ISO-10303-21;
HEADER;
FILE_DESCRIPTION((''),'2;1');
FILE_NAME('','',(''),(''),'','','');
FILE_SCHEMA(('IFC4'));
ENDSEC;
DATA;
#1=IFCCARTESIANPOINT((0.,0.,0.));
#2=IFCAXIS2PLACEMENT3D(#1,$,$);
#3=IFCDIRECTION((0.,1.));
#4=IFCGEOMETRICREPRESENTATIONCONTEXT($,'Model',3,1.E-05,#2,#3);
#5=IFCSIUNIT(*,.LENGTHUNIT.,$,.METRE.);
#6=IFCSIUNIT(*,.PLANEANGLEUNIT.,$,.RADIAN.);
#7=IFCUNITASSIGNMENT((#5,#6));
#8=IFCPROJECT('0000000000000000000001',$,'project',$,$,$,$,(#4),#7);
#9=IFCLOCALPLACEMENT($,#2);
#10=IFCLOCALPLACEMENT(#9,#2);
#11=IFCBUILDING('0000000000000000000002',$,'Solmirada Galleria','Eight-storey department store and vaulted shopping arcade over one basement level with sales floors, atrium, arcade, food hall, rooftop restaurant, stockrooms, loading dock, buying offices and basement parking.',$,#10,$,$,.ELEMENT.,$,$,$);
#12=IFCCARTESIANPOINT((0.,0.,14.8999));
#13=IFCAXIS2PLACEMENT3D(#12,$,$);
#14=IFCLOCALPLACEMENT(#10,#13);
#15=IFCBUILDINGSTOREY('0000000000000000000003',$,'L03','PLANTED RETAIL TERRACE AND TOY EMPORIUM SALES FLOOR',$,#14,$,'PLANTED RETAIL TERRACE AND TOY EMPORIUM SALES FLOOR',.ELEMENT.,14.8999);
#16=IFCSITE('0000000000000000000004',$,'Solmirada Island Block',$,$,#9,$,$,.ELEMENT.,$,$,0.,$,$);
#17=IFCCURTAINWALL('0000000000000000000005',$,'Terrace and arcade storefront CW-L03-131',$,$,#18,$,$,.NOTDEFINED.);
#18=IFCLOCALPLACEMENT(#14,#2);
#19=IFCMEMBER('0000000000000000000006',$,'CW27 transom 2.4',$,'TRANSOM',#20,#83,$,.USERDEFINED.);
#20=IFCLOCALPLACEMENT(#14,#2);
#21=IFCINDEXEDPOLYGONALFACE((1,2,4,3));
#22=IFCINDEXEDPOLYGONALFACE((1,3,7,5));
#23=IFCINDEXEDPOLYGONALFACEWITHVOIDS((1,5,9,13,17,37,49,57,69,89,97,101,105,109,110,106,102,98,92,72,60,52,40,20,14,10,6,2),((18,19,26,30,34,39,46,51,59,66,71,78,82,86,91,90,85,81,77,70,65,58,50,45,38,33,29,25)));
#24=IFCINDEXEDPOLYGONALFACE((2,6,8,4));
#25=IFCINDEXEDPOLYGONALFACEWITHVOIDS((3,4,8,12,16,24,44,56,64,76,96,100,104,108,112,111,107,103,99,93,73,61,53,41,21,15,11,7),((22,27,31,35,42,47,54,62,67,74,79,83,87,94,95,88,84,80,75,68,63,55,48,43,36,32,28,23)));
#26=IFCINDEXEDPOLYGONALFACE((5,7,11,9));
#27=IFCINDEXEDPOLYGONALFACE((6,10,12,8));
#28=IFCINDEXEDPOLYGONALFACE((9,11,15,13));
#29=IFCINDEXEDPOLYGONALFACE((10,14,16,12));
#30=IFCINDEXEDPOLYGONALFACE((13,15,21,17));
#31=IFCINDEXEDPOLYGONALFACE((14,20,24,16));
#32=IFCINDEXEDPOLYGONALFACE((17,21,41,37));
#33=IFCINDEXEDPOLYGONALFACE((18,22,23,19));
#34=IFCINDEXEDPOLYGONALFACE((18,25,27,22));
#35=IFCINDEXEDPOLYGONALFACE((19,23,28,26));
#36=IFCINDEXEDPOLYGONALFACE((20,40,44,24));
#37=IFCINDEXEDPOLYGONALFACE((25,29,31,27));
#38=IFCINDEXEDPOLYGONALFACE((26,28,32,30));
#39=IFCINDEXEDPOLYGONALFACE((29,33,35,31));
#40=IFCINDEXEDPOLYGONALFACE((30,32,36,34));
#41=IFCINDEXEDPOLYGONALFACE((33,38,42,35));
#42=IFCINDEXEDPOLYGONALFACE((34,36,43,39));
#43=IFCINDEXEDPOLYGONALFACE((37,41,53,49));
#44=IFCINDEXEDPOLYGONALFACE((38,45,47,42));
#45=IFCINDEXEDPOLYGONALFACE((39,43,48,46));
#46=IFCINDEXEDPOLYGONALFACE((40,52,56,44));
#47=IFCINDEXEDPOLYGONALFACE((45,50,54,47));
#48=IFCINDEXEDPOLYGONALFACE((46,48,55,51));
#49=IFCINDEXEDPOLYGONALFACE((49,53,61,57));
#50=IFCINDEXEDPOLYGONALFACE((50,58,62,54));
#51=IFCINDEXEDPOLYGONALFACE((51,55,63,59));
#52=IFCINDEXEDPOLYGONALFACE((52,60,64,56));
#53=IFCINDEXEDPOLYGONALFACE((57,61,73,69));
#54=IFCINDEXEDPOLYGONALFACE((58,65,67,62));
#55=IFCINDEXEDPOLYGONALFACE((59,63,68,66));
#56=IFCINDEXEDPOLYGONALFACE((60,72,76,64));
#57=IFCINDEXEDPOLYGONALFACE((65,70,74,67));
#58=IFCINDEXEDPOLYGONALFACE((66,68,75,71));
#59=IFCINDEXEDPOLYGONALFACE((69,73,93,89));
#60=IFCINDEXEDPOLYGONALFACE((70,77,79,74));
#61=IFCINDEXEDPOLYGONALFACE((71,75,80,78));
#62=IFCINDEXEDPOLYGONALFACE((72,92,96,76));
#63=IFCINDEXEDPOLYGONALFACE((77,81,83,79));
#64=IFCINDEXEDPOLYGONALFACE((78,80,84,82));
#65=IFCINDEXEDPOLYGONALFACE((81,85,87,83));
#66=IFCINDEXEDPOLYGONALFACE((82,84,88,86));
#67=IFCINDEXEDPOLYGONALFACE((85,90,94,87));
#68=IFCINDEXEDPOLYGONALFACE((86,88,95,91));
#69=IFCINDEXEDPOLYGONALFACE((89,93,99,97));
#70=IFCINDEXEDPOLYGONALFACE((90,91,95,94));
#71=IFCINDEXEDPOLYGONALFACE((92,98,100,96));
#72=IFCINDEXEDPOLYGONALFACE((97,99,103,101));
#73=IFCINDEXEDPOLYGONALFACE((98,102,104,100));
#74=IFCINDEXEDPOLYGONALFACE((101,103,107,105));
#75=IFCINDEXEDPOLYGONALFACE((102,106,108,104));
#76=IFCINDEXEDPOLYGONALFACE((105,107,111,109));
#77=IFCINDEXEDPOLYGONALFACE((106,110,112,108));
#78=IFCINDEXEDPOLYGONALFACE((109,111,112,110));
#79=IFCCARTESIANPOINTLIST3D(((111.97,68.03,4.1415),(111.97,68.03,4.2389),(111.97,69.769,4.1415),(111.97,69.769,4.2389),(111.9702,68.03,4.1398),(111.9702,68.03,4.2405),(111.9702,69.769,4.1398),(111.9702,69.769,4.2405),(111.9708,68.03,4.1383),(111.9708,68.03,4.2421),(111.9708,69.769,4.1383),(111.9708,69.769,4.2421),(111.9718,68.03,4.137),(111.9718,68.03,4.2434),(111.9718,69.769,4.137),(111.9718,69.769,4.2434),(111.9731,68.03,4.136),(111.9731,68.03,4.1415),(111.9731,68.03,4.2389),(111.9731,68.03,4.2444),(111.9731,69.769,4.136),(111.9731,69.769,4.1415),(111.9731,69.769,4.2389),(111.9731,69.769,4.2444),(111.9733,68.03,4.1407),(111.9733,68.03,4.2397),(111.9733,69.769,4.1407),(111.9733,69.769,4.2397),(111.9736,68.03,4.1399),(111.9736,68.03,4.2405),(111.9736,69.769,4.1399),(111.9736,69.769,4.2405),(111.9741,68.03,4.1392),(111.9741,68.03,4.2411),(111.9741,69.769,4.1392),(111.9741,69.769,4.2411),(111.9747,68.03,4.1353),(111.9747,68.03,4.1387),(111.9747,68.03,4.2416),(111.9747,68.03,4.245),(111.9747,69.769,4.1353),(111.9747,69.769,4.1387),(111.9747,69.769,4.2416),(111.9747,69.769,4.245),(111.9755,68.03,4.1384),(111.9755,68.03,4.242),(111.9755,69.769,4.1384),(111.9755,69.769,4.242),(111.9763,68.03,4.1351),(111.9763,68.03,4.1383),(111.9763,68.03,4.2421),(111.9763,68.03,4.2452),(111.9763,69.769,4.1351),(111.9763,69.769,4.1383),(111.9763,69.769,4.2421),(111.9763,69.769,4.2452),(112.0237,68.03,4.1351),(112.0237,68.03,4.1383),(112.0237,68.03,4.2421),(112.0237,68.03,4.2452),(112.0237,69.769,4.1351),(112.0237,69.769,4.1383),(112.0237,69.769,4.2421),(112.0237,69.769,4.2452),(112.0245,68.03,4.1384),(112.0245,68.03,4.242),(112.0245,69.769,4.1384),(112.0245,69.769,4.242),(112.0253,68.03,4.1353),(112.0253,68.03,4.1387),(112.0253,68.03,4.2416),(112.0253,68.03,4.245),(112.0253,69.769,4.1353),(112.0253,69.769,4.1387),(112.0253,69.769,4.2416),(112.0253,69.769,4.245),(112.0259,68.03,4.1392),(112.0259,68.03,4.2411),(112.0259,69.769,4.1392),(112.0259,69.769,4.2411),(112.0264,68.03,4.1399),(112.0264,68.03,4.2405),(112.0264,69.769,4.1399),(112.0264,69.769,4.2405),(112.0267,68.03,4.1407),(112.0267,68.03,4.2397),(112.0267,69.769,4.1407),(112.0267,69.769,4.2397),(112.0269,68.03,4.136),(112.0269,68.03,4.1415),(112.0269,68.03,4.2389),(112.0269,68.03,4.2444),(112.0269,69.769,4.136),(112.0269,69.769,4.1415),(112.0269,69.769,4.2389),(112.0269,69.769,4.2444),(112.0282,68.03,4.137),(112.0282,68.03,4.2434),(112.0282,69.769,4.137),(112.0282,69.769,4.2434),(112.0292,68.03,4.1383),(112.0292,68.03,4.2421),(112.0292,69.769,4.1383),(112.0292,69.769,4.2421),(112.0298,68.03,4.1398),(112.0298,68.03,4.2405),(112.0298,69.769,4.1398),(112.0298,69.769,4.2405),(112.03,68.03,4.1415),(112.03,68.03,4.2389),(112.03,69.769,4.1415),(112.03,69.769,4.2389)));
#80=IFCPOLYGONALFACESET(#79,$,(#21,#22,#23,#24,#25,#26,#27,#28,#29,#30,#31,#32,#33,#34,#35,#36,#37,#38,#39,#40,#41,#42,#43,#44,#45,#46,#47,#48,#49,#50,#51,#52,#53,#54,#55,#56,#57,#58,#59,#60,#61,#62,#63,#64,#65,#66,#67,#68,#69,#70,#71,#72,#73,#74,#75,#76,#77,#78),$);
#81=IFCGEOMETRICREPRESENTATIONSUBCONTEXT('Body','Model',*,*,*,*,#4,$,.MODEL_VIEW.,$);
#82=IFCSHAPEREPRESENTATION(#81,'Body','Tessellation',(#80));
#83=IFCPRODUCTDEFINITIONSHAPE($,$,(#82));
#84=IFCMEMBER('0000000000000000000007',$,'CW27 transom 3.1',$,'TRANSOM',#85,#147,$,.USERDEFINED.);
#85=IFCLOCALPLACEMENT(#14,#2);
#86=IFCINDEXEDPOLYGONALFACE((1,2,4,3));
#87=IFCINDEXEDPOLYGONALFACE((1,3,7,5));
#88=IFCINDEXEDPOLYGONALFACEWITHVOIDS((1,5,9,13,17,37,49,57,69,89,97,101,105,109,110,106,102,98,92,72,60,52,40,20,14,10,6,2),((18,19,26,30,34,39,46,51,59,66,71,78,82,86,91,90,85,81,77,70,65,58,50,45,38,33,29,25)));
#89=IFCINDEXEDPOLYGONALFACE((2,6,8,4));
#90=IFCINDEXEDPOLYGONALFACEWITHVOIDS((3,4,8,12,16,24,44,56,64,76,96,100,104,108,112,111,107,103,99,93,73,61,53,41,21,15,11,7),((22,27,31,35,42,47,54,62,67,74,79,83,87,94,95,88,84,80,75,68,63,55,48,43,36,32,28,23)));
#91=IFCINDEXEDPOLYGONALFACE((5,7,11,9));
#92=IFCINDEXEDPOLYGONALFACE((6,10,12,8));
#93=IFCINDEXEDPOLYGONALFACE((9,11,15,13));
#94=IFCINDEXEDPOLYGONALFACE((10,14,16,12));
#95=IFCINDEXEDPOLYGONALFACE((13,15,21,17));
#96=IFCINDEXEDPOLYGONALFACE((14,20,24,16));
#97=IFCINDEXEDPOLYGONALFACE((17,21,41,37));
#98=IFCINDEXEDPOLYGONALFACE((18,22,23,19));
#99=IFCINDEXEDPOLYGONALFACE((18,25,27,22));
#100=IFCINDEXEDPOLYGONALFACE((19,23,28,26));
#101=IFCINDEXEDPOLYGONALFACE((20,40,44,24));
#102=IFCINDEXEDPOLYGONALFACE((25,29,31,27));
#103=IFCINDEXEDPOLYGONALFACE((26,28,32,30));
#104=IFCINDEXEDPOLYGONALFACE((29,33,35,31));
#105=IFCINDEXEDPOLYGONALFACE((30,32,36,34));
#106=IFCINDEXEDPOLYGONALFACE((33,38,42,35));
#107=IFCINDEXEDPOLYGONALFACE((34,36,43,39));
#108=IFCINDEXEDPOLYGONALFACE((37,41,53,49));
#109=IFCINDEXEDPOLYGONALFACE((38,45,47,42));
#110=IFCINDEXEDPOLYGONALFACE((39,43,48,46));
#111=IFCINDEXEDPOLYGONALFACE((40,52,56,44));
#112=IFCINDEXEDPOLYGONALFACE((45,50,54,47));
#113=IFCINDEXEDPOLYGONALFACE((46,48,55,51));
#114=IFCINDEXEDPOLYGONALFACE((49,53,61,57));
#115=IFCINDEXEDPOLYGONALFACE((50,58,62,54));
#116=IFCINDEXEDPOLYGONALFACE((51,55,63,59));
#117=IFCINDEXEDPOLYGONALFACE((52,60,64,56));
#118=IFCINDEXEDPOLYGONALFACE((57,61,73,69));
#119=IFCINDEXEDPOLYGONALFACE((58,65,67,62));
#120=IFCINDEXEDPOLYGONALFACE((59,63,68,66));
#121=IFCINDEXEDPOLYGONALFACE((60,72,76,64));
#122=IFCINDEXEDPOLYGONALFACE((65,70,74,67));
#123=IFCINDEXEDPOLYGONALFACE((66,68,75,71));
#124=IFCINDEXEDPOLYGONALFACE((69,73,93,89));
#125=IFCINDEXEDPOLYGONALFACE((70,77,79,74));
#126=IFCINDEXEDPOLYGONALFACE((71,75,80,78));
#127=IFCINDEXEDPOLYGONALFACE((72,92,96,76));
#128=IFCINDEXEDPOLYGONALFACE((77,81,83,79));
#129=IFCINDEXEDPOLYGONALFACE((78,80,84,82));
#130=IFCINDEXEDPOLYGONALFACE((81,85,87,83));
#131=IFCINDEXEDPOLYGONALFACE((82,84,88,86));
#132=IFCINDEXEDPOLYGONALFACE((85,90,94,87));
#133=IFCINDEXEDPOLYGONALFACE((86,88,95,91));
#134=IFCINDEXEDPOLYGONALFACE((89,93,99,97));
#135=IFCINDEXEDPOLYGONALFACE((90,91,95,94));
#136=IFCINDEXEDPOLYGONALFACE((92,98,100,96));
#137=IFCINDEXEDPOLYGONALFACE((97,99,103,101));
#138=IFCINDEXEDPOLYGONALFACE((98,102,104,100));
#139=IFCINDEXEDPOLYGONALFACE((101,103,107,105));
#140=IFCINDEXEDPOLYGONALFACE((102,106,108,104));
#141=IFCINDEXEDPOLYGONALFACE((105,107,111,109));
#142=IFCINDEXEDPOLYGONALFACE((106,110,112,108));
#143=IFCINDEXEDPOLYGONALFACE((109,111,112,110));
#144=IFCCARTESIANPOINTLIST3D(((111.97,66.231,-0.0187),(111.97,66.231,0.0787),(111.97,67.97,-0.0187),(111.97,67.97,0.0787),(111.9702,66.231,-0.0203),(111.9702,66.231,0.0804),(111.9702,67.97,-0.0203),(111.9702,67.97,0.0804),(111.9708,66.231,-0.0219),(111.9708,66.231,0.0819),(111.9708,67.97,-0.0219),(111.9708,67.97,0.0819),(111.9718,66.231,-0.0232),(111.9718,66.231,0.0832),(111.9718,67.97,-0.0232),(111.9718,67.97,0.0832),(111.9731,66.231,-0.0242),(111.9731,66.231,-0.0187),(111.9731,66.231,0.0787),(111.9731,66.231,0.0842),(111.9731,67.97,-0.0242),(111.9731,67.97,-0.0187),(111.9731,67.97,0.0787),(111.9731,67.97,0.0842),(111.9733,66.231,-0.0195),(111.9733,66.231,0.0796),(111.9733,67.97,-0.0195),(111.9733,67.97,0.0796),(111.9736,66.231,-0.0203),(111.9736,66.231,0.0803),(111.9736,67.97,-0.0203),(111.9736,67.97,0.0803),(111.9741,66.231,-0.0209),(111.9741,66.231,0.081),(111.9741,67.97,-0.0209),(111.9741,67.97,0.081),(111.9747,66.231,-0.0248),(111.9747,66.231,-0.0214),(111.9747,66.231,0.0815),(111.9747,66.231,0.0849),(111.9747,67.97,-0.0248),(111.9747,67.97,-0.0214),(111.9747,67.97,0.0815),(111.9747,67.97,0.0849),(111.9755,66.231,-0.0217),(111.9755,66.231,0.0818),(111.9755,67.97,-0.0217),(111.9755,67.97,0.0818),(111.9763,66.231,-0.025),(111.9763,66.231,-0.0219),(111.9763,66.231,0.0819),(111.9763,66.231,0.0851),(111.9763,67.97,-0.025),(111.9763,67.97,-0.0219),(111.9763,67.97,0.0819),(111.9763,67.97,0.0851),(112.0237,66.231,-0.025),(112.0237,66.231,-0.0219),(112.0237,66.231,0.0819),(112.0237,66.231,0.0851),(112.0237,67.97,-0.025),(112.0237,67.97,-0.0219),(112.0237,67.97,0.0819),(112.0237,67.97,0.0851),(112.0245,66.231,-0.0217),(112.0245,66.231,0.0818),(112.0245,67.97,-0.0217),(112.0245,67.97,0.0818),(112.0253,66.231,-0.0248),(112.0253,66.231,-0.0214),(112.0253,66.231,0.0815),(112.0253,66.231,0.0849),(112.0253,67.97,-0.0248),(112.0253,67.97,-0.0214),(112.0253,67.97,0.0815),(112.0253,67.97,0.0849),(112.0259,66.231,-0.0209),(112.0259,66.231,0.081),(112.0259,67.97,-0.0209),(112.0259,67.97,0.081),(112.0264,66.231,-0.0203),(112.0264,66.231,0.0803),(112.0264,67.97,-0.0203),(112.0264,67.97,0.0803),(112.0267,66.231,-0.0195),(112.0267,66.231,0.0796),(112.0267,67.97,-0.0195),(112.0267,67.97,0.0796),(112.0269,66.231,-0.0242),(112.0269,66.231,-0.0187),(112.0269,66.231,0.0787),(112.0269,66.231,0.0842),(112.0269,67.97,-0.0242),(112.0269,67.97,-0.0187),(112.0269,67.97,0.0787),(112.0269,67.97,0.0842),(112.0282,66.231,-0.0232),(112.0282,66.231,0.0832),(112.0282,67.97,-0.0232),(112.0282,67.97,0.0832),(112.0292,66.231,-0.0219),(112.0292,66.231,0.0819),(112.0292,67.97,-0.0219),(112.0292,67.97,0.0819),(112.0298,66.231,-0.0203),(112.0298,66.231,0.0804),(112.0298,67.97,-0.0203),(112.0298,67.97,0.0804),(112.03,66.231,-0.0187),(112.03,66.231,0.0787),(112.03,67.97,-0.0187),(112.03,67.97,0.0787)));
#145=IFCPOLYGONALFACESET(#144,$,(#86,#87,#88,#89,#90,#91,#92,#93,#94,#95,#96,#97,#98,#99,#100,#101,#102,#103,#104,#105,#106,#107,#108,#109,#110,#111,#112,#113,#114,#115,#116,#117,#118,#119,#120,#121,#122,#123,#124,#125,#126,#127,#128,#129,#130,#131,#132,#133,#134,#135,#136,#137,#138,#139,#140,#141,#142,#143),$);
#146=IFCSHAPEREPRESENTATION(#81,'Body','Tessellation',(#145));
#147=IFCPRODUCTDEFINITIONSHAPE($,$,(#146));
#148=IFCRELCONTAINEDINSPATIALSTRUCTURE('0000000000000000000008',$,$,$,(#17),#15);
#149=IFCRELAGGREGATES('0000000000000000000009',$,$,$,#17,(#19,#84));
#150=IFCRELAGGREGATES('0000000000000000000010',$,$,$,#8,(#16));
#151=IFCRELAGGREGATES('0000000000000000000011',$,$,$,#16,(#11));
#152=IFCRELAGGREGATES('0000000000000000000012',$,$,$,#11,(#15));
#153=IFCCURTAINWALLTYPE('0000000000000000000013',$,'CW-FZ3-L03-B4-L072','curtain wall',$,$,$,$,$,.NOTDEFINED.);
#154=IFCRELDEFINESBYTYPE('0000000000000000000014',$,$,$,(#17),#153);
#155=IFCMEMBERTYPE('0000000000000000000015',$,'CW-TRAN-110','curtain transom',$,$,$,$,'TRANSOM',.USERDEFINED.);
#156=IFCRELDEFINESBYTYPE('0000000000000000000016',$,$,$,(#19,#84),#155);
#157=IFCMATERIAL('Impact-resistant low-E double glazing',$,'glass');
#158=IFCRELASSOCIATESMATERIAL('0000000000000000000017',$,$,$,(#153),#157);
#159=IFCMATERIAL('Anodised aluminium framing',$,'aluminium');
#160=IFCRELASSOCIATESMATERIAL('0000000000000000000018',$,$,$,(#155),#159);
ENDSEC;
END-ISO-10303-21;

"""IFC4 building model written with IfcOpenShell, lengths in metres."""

from ifc_helpers import new_model, si_unit, direction, frame, origin, origin_2d, place, context, subcontext, project, spatial, hollow_rectangle, extrude, material, material_profile, profile_set, type_object, element, aggregate, save


model = new_model("IFC4")

# Units and contexts
model_context = context("Model", 3, precision=1e-05, world=origin(), true_north=direction((0.0, 1.0)))
body_context = subcontext(model_context, "Body", "Model", "MODEL_VIEW")
ifc_project = project(units=[si_unit("LENGTHUNIT", "METRE"), si_unit("PLANEANGLEUNIT", "RADIAN")], contexts=[model_context])

# Site, building, storey
site_placement = place(None, origin())
site = spatial("IfcSite", under=ifc_project, at=site_placement, Name="Solmirada Island Block", CompositionType="ELEMENT", RefElevation=0.0)
building_placement = place(site_placement, origin())
building = spatial("IfcBuilding", under=site, at=building_placement, Name="Solmirada Galleria", Description="Eight-storey department store and vaulted shopping arcade over one basement level with sales floors, atrium, arcade, food hall, rooftop restaurant, stockrooms, loading dock, buying offices and basement parking.", CompositionType="ELEMENT")
storey_placement = place(building_placement, frame((0.0, 0.0, 14.8999)))
storey = spatial("IfcBuildingStorey", under=building, at=storey_placement, Name="L03", Description="PLANTED RETAIL TERRACE AND TOY EMPORIUM SALES FLOOR", LongName="PLANTED RETAIL TERRACE AND TOY EMPORIUM SALES FLOOR", CompositionType="ELEMENT", Elevation=14.8999)

# Curtain wall, members
ifc_material_1 = material(Name="Impact-resistant low-E double glazing", Category="glass")
curtain_wall_type = type_object("IfcCurtainWallType", Name="CW-FZ3-L03-B4-L072", Description="curtain wall", PredefinedType="NOTDEFINED", material=ifc_material_1)
curtain_wall_placement = place(storey_placement, origin())
curtain_wall = element("IfcCurtainWall", 1, at=curtain_wall_placement, inside=storey, type_object=curtain_wall_type, Name="Terrace and arcade storefront CW-L03-131", PredefinedType="NOTDEFINED")
ifc_material_2 = material(Name="Anodised aluminium framing", Category="aluminium")
ifc_material_profile_1 = material_profile(ifc_material_2, hollow_rectangle(XDim=0.0601, YDim=0.1101, WallThickness=0.0032, InnerFilletRadius=0.0032, OuterFilletRadius=0.0063, at=origin_2d()), Name="ALU-TRAN-110X60")
ifc_profile_set_1 = profile_set([ifc_material_profile_1], Name="Anodised aluminium framing")
member_type_1 = type_object("IfcMemberType", Name="CW-TRAN-110", Description="curtain transom", ElementType="TRANSOM", PredefinedType="USERDEFINED", material=ifc_profile_set_1)
member_1_placement = place(storey_placement, frame((112.0, 69.769, 4.1902), z_axis=(0.0, -1.0, 0.0), x_axis=(1.0, 0.0, 0.0)))
member_1 = element("IfcMember", 2, at=member_1_placement, type_object=member_type_1, Name="CW27 transom 2.4", ObjectType="TRANSOM", PredefinedType="USERDEFINED", context=body_context, shape_type="SweptSolid", body=[
    extrude(hollow_rectangle(XDim=0.0601, YDim=0.1101, WallThickness=0.0032, InnerFilletRadius=0.0032, OuterFilletRadius=0.0063, at=origin_2d()), origin(), (0.0, 0.0, 1.0), 1.739),
])
member_2_placement = place(storey_placement, frame((112.0, 67.97, 0.03), z_axis=(0.0, -1.0, 0.0), x_axis=(1.0, 0.0, 0.0)))
member_2 = element("IfcMember", 3, at=member_2_placement, type_object=member_type_1, Name="CW27 transom 3.1", ObjectType="TRANSOM", PredefinedType="USERDEFINED", context=body_context, shape_type="SweptSolid", body=[
    extrude(hollow_rectangle(XDim=0.0601, YDim=0.1101, WallThickness=0.0032, InnerFilletRadius=0.0032, OuterFilletRadius=0.0063, at=origin_2d()), origin(), (0.0, 0.0, 1.0), 1.739),
])
aggregate(curtain_wall, [member_1, member_2])

save(model, "model.ifc")
